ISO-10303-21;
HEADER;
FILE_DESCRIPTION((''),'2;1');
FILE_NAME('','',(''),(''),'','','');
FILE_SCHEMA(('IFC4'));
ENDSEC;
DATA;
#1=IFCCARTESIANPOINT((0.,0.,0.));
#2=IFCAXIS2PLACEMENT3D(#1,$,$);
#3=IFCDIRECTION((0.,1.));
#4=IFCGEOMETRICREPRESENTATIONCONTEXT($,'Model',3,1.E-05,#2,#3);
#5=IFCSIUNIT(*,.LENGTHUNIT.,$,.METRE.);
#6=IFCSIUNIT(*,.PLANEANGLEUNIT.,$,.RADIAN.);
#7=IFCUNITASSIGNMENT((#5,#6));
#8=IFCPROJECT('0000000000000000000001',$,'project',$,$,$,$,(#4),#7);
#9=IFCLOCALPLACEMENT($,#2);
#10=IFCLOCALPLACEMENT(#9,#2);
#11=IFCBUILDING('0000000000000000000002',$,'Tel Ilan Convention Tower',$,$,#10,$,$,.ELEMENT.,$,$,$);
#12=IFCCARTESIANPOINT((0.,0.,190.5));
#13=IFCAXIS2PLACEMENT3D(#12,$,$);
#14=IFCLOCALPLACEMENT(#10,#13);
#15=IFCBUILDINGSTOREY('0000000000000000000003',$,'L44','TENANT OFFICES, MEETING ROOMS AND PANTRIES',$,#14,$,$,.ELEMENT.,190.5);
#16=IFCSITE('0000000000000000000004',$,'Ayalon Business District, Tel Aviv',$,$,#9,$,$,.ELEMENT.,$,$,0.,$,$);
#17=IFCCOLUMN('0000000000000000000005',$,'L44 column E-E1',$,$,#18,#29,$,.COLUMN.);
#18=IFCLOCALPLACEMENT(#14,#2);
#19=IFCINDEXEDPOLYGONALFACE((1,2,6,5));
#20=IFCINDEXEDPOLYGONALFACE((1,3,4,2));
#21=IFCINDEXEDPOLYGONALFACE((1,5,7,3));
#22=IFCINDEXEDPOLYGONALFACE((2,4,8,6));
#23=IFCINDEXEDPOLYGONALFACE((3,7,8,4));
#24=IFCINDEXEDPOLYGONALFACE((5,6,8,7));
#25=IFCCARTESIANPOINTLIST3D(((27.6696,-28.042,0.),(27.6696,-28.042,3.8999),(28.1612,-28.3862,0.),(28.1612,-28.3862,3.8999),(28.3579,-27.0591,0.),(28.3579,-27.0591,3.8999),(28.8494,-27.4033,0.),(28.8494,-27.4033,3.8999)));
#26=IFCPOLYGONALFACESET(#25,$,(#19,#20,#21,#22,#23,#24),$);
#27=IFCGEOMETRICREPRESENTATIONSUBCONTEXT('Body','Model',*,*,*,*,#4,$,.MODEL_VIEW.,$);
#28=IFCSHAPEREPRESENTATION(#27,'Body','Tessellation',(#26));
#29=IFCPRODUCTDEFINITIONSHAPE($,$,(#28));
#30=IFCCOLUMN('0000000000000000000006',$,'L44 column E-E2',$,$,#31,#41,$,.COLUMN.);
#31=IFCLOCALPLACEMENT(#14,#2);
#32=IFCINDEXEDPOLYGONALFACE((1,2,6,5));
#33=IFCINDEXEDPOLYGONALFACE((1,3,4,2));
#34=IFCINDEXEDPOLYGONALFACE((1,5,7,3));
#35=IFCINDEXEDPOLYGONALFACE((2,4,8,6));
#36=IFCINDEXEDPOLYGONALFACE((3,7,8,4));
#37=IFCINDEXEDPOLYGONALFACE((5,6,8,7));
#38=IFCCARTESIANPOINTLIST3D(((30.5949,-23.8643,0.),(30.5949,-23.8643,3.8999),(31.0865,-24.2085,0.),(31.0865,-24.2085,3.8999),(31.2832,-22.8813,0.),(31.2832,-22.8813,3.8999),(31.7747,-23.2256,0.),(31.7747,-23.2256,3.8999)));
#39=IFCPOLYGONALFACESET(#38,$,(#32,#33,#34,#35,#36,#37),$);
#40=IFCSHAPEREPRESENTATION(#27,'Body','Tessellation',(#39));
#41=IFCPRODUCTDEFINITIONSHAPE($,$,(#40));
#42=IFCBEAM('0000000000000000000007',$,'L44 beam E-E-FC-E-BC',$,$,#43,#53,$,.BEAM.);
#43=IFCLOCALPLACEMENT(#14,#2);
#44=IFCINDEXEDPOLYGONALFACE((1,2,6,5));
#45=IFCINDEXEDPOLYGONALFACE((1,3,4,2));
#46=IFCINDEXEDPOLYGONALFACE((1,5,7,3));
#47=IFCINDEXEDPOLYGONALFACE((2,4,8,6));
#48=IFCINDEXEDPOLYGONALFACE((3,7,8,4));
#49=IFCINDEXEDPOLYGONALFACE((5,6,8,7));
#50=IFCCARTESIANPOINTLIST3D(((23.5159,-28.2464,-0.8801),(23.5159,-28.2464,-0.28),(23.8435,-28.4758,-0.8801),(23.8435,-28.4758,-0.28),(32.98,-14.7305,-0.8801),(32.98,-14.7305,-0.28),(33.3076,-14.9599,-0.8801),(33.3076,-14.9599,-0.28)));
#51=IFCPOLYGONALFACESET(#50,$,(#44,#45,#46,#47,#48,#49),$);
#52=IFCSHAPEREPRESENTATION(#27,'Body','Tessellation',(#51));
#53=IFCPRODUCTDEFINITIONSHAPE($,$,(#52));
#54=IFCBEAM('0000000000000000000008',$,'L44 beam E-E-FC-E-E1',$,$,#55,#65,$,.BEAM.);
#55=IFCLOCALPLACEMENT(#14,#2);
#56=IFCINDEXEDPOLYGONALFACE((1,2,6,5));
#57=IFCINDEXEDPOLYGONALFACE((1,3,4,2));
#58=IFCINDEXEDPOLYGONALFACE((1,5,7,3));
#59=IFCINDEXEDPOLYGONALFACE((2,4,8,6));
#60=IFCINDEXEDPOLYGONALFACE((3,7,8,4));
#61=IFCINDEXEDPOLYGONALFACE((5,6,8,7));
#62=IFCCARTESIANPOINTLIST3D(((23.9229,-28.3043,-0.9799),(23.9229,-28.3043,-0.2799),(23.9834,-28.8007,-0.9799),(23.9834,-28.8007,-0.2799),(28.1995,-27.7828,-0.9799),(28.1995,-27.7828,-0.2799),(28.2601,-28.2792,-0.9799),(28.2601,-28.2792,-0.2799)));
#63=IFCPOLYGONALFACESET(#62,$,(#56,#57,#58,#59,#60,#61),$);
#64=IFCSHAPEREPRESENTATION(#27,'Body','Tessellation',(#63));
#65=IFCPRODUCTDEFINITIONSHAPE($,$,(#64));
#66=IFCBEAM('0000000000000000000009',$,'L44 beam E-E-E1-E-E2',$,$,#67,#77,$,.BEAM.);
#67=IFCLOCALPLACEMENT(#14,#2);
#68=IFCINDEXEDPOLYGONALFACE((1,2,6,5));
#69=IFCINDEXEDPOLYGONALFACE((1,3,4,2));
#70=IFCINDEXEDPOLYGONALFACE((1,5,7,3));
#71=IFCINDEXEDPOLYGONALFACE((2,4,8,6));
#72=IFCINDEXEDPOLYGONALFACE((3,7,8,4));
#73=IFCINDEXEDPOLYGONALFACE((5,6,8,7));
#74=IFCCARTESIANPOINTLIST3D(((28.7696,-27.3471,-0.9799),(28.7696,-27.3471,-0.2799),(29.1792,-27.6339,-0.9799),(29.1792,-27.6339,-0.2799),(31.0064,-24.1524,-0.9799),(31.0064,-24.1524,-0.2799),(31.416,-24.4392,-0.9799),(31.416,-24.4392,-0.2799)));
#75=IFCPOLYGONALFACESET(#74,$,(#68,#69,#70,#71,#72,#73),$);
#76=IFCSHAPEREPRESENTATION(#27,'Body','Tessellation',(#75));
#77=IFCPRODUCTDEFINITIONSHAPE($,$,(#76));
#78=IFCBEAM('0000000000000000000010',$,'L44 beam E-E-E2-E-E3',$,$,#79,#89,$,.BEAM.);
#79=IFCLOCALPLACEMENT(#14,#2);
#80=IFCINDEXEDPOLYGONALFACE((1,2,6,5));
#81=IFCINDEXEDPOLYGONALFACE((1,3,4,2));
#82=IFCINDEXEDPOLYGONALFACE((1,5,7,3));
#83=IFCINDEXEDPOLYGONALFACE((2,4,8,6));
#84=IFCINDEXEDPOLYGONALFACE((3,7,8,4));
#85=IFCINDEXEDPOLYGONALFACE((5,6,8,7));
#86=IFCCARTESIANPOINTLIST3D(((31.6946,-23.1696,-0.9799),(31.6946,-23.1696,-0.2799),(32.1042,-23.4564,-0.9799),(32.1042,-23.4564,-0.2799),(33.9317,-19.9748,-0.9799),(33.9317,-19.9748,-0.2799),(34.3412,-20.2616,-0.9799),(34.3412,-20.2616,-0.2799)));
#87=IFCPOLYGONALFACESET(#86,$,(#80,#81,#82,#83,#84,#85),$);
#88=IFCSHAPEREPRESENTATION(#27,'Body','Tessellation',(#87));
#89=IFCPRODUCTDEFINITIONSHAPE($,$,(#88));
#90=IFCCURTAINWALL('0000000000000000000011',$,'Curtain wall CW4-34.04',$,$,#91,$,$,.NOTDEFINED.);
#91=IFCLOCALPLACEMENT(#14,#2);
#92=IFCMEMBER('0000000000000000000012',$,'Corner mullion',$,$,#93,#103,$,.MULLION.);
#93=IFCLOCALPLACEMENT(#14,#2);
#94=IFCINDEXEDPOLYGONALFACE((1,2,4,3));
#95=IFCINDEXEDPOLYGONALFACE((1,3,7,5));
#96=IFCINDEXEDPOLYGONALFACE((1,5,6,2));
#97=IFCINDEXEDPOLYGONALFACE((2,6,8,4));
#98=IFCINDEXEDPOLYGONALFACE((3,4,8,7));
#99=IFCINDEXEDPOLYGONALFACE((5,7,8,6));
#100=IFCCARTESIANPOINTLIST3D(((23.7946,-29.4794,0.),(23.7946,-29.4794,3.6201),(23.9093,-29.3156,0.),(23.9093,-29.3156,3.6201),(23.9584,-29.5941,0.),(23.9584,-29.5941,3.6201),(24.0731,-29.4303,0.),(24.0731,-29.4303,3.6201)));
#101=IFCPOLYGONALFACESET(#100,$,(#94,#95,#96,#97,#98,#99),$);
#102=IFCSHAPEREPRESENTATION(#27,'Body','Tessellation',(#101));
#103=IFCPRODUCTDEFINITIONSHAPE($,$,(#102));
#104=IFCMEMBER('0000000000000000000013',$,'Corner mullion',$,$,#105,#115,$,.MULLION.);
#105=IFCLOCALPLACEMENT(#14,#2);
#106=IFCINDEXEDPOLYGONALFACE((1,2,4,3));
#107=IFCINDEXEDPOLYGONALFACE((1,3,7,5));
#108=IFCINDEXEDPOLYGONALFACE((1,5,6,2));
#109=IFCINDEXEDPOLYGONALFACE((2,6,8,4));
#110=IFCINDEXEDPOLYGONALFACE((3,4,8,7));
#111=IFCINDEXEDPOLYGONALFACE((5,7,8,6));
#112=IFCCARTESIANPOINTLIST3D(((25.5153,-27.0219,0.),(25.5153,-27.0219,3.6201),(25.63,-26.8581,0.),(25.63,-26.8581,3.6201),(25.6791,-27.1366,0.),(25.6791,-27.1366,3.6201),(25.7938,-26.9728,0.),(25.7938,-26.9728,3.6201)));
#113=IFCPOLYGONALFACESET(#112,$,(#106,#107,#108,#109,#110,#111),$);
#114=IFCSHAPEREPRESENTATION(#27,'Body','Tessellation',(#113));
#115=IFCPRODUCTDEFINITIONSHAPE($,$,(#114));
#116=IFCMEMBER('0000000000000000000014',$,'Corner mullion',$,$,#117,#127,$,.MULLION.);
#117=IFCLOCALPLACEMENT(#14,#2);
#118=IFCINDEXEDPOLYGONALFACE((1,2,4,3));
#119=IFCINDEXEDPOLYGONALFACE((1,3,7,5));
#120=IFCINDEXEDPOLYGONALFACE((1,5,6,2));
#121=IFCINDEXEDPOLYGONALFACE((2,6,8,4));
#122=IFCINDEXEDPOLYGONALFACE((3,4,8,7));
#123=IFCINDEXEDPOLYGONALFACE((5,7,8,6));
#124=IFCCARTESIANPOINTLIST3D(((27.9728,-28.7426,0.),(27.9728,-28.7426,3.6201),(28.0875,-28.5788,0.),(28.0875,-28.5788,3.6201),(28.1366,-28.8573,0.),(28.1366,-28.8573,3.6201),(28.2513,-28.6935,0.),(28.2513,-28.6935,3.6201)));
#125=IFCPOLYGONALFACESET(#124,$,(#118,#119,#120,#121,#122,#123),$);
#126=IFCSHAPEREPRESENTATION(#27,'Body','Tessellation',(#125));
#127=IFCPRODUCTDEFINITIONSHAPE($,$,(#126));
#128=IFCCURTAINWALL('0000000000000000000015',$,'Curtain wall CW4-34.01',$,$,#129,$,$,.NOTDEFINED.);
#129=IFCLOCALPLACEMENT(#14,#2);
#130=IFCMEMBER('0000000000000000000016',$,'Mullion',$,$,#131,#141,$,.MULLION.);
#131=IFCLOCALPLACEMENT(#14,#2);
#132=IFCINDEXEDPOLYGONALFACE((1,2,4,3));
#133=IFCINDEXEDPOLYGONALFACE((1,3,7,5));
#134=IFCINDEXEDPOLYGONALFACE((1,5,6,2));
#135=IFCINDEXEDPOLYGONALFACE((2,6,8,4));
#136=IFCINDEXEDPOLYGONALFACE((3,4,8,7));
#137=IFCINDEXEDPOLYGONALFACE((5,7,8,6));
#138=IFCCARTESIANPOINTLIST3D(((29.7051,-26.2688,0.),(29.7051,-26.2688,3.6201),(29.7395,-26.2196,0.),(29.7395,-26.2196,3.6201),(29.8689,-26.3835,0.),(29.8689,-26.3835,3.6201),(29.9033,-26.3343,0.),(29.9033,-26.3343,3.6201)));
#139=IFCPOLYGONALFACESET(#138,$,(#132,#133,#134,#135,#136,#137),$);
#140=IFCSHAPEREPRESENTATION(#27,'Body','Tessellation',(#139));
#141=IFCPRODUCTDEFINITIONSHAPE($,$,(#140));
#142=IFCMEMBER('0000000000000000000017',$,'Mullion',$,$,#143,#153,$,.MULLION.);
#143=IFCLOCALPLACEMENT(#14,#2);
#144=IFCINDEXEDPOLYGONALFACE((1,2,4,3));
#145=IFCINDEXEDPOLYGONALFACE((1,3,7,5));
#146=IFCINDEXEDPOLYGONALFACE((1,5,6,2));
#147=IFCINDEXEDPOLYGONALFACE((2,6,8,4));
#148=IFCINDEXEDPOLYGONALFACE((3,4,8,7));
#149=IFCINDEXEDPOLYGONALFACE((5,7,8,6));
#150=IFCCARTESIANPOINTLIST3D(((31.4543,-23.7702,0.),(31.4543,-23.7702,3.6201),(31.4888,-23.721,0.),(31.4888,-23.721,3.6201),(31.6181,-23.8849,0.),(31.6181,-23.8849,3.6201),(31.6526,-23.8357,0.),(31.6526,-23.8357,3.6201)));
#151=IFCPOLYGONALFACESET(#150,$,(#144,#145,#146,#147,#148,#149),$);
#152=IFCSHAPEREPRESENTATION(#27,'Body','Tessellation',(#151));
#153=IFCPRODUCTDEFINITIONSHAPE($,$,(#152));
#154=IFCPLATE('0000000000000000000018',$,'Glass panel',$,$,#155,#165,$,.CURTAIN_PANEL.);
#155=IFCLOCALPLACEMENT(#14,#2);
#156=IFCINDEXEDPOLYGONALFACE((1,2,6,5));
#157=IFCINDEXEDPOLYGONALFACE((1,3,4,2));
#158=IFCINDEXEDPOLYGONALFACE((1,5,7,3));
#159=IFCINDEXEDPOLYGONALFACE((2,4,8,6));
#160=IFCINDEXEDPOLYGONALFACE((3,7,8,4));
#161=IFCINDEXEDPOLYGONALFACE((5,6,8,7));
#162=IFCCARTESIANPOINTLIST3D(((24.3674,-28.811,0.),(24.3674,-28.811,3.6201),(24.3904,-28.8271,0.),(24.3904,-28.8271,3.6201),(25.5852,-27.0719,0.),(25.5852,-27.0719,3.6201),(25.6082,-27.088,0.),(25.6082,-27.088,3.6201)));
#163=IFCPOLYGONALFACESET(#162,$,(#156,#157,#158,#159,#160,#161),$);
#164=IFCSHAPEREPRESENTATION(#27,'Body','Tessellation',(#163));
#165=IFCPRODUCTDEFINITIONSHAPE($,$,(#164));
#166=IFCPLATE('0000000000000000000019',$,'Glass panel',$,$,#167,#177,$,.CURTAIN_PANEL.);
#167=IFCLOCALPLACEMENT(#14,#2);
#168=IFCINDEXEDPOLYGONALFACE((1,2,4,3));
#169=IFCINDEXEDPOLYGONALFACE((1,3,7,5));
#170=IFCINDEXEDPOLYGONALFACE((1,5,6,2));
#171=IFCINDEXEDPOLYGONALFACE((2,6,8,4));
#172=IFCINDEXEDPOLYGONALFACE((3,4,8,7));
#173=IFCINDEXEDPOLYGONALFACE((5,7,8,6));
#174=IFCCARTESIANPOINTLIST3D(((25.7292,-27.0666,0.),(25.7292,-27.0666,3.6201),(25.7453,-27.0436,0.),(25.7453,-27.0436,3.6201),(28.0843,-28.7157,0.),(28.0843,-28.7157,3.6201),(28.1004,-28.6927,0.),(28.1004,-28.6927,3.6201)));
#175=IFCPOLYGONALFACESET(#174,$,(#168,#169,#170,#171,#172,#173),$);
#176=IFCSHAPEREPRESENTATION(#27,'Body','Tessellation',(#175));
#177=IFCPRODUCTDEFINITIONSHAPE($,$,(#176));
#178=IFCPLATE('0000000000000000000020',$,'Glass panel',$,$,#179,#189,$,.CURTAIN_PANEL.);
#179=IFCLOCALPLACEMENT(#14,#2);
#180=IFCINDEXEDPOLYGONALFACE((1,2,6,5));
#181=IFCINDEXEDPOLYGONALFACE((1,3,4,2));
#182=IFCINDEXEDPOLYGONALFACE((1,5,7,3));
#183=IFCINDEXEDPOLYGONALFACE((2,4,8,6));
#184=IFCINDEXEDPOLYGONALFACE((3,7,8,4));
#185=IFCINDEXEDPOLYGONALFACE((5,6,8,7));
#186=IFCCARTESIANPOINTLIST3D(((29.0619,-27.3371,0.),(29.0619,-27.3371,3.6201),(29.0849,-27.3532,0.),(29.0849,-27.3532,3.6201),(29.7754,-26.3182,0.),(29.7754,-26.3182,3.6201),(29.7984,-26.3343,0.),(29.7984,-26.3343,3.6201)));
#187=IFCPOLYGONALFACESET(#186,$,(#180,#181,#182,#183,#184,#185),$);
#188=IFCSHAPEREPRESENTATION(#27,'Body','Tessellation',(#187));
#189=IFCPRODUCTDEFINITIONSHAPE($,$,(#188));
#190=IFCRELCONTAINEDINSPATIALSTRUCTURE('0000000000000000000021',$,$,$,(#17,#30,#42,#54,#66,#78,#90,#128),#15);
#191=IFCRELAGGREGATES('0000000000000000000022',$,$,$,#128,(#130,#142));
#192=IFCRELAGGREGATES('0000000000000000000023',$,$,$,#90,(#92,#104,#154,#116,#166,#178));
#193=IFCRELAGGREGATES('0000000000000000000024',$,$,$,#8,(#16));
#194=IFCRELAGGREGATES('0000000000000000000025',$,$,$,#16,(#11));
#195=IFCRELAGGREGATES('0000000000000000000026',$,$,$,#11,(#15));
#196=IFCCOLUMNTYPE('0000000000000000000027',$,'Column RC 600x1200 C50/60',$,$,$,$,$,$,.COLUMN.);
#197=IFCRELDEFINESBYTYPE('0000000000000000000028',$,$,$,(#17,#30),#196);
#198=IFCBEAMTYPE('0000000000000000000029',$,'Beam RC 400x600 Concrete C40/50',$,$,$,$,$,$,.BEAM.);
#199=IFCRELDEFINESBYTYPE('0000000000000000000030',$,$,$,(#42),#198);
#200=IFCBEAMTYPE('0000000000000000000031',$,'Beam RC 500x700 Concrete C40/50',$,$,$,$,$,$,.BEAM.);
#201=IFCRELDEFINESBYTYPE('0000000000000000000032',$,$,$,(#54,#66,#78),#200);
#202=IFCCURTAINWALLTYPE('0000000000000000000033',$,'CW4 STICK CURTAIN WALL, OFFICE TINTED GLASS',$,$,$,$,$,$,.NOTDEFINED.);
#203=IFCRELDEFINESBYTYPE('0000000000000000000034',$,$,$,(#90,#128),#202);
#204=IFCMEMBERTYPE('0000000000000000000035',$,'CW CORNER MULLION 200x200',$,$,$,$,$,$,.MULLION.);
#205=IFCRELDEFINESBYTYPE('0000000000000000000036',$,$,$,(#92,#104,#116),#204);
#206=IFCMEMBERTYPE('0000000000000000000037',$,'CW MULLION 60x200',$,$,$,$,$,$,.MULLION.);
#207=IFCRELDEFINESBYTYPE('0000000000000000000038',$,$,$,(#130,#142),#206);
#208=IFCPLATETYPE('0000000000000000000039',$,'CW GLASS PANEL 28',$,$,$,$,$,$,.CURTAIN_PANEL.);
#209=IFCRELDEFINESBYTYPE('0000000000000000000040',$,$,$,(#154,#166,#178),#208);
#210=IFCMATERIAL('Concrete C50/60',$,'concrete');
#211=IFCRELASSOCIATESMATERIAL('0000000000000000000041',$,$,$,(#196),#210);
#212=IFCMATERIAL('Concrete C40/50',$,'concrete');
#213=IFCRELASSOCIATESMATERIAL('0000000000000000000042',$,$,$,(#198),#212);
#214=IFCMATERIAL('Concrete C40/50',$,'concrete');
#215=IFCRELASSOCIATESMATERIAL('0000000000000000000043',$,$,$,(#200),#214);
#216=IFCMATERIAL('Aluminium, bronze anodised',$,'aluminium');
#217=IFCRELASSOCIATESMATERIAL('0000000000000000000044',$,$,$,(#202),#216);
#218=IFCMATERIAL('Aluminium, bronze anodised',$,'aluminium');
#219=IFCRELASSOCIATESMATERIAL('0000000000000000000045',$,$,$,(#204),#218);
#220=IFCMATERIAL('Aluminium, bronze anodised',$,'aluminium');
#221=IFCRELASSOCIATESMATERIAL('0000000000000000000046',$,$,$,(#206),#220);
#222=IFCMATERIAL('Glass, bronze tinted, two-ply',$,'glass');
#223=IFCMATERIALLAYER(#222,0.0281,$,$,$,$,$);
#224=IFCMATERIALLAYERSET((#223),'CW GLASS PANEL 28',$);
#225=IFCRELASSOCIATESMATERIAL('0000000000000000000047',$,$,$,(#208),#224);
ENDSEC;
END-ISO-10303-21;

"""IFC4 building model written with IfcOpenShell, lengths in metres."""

from ifc_helpers import new_model, si_unit, direction, frame, origin, origin_2d, place, context, subcontext, project, spatial, rectangle, extrude, material, layer, layer_set, material_profile, profile_set, type_object, element, aggregate, save


model = new_model("IFC4")

# Units and contexts
model_context = context("Model", 3, precision=1e-05, world=origin(), true_north=direction((0.0, 1.0)))
body_context = subcontext(model_context, "Body", "Model", "MODEL_VIEW")
ifc_project = project(units=[si_unit("LENGTHUNIT", "METRE"), si_unit("PLANEANGLEUNIT", "RADIAN")], contexts=[model_context])

# Site, building, storey
site_placement = place(None, origin())
site = spatial("IfcSite", under=ifc_project, at=site_placement, Name="Ayalon Business District, Tel Aviv", CompositionType="ELEMENT", RefElevation=0.0)
building_placement = place(site_placement, origin())
building = spatial("IfcBuilding", under=site, at=building_placement, Name="Tel Ilan Convention Tower", CompositionType="ELEMENT")
storey_placement = place(building_placement, frame((0.0, 0.0, 190.5)))
storey = spatial("IfcBuildingStorey", under=building, at=storey_placement, Name="L44", Description="TENANT OFFICES, MEETING ROOMS AND PANTRIES", CompositionType="ELEMENT", Elevation=190.5)

# Columns
ifc_material_1 = material(Name="Concrete C50/60", Category="concrete")
ifc_material_profile_1 = material_profile(ifc_material_1, rectangle(XDim=1.2, YDim=0.6001, at=origin_2d()), Name="RC 600x1200")
ifc_profile_set_1 = profile_set([ifc_material_profile_1], Name="Concrete C50/60")
column_type = type_object("IfcColumnType", Name="Column RC 600x1200 C50/60", PredefinedType="COLUMN", material=ifc_profile_set_1)
for number, where, z_axis, x_axis, name in (
    (1, (28.2595, -27.7227, 0.0), (0.0, 0.0, 1.0), (0.573576, 0.819152, 0.0), "L44 column E-E1"),
    (2, (31.1848, -23.5449, 0.0), (0.0, 0.0, 1.0), (0.573576, 0.819152, 0.0), "L44 column E-E2"),
):
    element("IfcColumn", number, at=place(storey_placement, frame(where, z_axis=z_axis, x_axis=x_axis)), inside=storey, type_object=column_type, Name=name, PredefinedType="COLUMN", context=body_context, shape_type="SweptSolid", body=[
        extrude(rectangle(XDim=1.2, YDim=0.6001, at=origin_2d()), origin(), (0.0, 0.0, 1.0), 3.8999),
    ])

# Beams
ifc_material_2 = material(Name="Concrete C40/50", Category="concrete")
ifc_material_profile_2 = material_profile(ifc_material_2, rectangle(XDim=0.3999, YDim=0.6001, at=origin_2d()), Name="RC 400x600")
ifc_profile_set_2 = profile_set([ifc_material_profile_2], Name="Concrete C40/50")
beam_type_1 = type_object("IfcBeamType", Name="Beam RC 400x600 Concrete C40/50", PredefinedType="BEAM", material=ifc_profile_set_2)
beam_1_placement = place(storey_placement, frame((23.6797, -28.3611, -0.5801), z_axis=(0.573584, 0.819146, 0.0), x_axis=(-0.819146, 0.573584, 0.0)))
element("IfcBeam", 3, at=beam_1_placement, inside=storey, type_object=beam_type_1, Name="L44 beam E-E-FC-E-BC", PredefinedType="BEAM", context=body_context, shape_type="SweptSolid", body=[
    extrude(rectangle(XDim=0.3999, YDim=0.6001, at=origin_2d()), origin(), (0.0, 0.0, 1.0), 16.5),
])
ifc_material_3 = material(Name="Concrete C40/50", Category="concrete")
ifc_material_profile_3 = material_profile(ifc_material_3, rectangle(XDim=0.5, YDim=0.7, at=origin_2d()), Name="RC 500x700")
ifc_profile_set_3 = profile_set([ifc_material_profile_3], Name="Concrete C40/50")
beam_type_2 = type_object("IfcBeamType", Name="Beam RC 500x700 Concrete C40/50", PredefinedType="BEAM", material=ifc_profile_set_3)
beam_2_placement = place(storey_placement, frame((23.9531, -28.5525, -0.6299), z_axis=(0.992647, 0.121042, 0.0), x_axis=(-0.121042, 0.992647, 0.0)))
element("IfcBeam", 4, at=beam_2_placement, inside=storey, type_object=beam_type_2, Name="L44 beam E-E-FC-E-E1", PredefinedType="BEAM", context=body_context, shape_type="SweptSolid", body=[
    extrude(rectangle(XDim=0.5, YDim=0.7, at=origin_2d()), origin(), (0.0, 0.0, 1.0), 4.3083),
])
beam_3_placement = place(storey_placement, frame((28.9744, -27.4905, -0.6299), z_axis=(0.573567, 0.819158, 0.0), x_axis=(-0.819158, 0.573567, 0.0)))
element("IfcBeam", 5, at=beam_3_placement, inside=storey, type_object=beam_type_2, Name="L44 beam E-E-E1-E-E2", PredefinedType="BEAM", context=body_context, shape_type="SweptSolid", body=[
    extrude(rectangle(XDim=0.5, YDim=0.7, at=origin_2d()), origin(), (0.0, 0.0, 1.0), 3.8999),
])
beam_4_placement = place(storey_placement, frame((31.8994, -23.313, -0.6299), z_axis=(0.57358, 0.81915, 0.0), x_axis=(-0.81915, 0.57358, 0.0)))
element("IfcBeam", 6, at=beam_4_placement, inside=storey, type_object=beam_type_2, Name="L44 beam E-E-E2-E-E3", PredefinedType="BEAM", context=body_context, shape_type="SweptSolid", body=[
    extrude(rectangle(XDim=0.5, YDim=0.7, at=origin_2d()), origin(), (0.0, 0.0, 1.0), 3.9001),
])

# Curtain walls, members
ifc_material_4 = material(Name="Aluminium, bronze anodised", Category="aluminium")
curtain_wall_type = type_object("IfcCurtainWallType", Name="CW4 STICK CURTAIN WALL, OFFICE TINTED GLASS", PredefinedType="NOTDEFINED", material=ifc_material_4)
curtain_wall_1_placement = place(storey_placement, origin())
curtain_wall_1 = element("IfcCurtainWall", 7, at=curtain_wall_1_placement, inside=storey, type_object=curtain_wall_type, Name="Curtain wall CW4-34.04", PredefinedType="NOTDEFINED")
ifc_material_5 = material(Name="Aluminium, bronze anodised", Category="aluminium")
ifc_material_profile_4 = material_profile(ifc_material_5, rectangle(XDim=0.2, YDim=0.2, at=origin_2d()), Name="CW CORNER MULLION 200x200")
ifc_profile_set_4 = profile_set([ifc_material_profile_4], Name="Aluminium, bronze anodised")
member_type_1 = type_object("IfcMemberType", Name="CW CORNER MULLION 200x200", PredefinedType="MULLION", material=ifc_profile_set_4)
member_1_placement = place(storey_placement, frame((23.9338, -29.4548, 0.0), z_axis=(0.0, 0.0, 1.0), x_axis=(0.819152, -0.573576, 0.0)))
member_1 = element("IfcMember", 8, at=member_1_placement, type_object=member_type_1, Name="Corner mullion", PredefinedType="MULLION", context=body_context, shape_type="SweptSolid", body=[
    extrude(rectangle(XDim=0.2, YDim=0.2, at=origin_2d()), origin(), (0.0, 0.0, 1.0), 3.6201),
])
member_2_placement = place(storey_placement, frame((25.6545, -26.9973, 0.0), z_axis=(0.0, 0.0, 1.0), x_axis=(0.573576, 0.819152, 0.0)))
member_2 = element("IfcMember", 9, at=member_2_placement, type_object=member_type_1, Name="Corner mullion", PredefinedType="MULLION", context=body_context, shape_type="SweptSolid", body=[
    extrude(rectangle(XDim=0.2, YDim=0.2, at=origin_2d()), origin(), (0.0, 0.0, 1.0), 3.6201),
])
member_3_placement = place(storey_placement, frame((28.1121, -28.718, 0.0), z_axis=(0.0, 0.0, 1.0), x_axis=(0.819152, -0.573576, 0.0)))
member_3 = element("IfcMember", 10, at=member_3_placement, type_object=member_type_1, Name="Corner mullion", PredefinedType="MULLION", context=body_context, shape_type="SweptSolid", body=[
    extrude(rectangle(XDim=0.2, YDim=0.2, at=origin_2d()), origin(), (0.0, 0.0, 1.0), 3.6201),
])
curtain_wall_2_placement = place(storey_placement, origin())
curtain_wall_2 = element("IfcCurtainWall", 11, at=curtain_wall_2_placement, inside=storey, type_object=curtain_wall_type, Name="Curtain wall CW4-34.01", PredefinedType="NOTDEFINED")
ifc_material_6 = material(Name="Aluminium, bronze anodised", Category="aluminium")
ifc_material_profile_5 = material_profile(ifc_material_6, rectangle(XDim=0.0601, YDim=0.2, at=origin_2d()), Name="CW MULLION 60x200")
ifc_profile_set_5 = profile_set([ifc_material_profile_5], Name="Aluminium, bronze anodised")
member_type_2 = type_object("IfcMemberType", Name="CW MULLION 60x200", PredefinedType="MULLION", material=ifc_profile_set_5)
member_4_placement = place(storey_placement, frame((29.8042, -26.3015, 0.0), z_axis=(0.0, 0.0, 1.0), x_axis=(0.573576, 0.819152, 0.0)))
member_4 = element("IfcMember", 12, at=member_4_placement, type_object=member_type_2, Name="Mullion", PredefinedType="MULLION", context=body_context, shape_type="SweptSolid", body=[
    extrude(rectangle(XDim=0.0601, YDim=0.2, at=origin_2d()), origin(), (0.0, 0.0, 1.0), 3.6201),
])
member_5_placement = place(storey_placement, frame((31.5535, -23.803, 0.0), z_axis=(0.0, 0.0, 1.0), x_axis=(0.573576, 0.819152, 0.0)))
member_5 = element("IfcMember", 13, at=member_5_placement, type_object=member_type_2, Name="Mullion", PredefinedType="MULLION", context=body_context, shape_type="SweptSolid", body=[
    extrude(rectangle(XDim=0.0601, YDim=0.2, at=origin_2d()), origin(), (0.0, 0.0, 1.0), 3.6201),
])
aggregate(curtain_wall_2, [member_4, member_5])

# Plates
ifc_material_7 = material(Name="Glass, bronze tinted, two-ply", Category="glass")
ifc_layer_1 = layer(ifc_material_7, 0.0281)
ifc_layer_set_1 = layer_set([ifc_layer_1], Name="CW GLASS PANEL 28")
plate_type = type_object("IfcPlateType", Name="CW GLASS PANEL 28", PredefinedType="CURTAIN_PANEL", material=ifc_layer_set_1)
plate_1_placement = place(storey_placement, frame((24.9878, -27.9495, 0.0), z_axis=(0.0, 0.0, 1.0), x_axis=(0.573576, 0.819152, 0.0)))
plate_1 = element("IfcPlate", 14, at=plate_1_placement, type_object=plate_type, Name="Glass panel", PredefinedType="CURTAIN_PANEL", context=body_context, shape_type="SweptSolid", body=[
    extrude(rectangle(XDim=2.123, YDim=0.0281, at=origin_2d()), origin(), (0.0, 0.0, 1.0), 3.6201),
])
plate_2_placement = place(storey_placement, frame((26.9148, -27.8796, 0.0), z_axis=(0.0, 0.0, 1.0), x_axis=(0.819152, -0.573576, 0.0)))
plate_2 = element("IfcPlate", 15, at=plate_2_placement, type_object=plate_type, Name="Glass panel", PredefinedType="CURTAIN_PANEL", context=body_context, shape_type="SweptSolid", body=[
    extrude(rectangle(XDim=2.875, YDim=0.0281, at=origin_2d()), origin(), (0.0, 0.0, 1.0), 3.6201),
])
plate_3_placement = place(storey_placement, frame((29.4302, -26.8357, 0.0), z_axis=(0.0, 0.0, 1.0), x_axis=(0.573576, 0.819152, 0.0)))
plate_3 = element("IfcPlate", 16, at=plate_3_placement, type_object=plate_type, Name="Glass panel", PredefinedType="CURTAIN_PANEL", context=body_context, shape_type="SweptSolid", body=[
    extrude(rectangle(XDim=1.2439, YDim=0.0281, at=origin_2d()), origin(), (0.0, 0.0, 1.0), 3.6201),
])
aggregate(curtain_wall_1, [member_1, member_2, plate_1, member_3, plate_2, plate_3])

save(model, "model.ifc")
